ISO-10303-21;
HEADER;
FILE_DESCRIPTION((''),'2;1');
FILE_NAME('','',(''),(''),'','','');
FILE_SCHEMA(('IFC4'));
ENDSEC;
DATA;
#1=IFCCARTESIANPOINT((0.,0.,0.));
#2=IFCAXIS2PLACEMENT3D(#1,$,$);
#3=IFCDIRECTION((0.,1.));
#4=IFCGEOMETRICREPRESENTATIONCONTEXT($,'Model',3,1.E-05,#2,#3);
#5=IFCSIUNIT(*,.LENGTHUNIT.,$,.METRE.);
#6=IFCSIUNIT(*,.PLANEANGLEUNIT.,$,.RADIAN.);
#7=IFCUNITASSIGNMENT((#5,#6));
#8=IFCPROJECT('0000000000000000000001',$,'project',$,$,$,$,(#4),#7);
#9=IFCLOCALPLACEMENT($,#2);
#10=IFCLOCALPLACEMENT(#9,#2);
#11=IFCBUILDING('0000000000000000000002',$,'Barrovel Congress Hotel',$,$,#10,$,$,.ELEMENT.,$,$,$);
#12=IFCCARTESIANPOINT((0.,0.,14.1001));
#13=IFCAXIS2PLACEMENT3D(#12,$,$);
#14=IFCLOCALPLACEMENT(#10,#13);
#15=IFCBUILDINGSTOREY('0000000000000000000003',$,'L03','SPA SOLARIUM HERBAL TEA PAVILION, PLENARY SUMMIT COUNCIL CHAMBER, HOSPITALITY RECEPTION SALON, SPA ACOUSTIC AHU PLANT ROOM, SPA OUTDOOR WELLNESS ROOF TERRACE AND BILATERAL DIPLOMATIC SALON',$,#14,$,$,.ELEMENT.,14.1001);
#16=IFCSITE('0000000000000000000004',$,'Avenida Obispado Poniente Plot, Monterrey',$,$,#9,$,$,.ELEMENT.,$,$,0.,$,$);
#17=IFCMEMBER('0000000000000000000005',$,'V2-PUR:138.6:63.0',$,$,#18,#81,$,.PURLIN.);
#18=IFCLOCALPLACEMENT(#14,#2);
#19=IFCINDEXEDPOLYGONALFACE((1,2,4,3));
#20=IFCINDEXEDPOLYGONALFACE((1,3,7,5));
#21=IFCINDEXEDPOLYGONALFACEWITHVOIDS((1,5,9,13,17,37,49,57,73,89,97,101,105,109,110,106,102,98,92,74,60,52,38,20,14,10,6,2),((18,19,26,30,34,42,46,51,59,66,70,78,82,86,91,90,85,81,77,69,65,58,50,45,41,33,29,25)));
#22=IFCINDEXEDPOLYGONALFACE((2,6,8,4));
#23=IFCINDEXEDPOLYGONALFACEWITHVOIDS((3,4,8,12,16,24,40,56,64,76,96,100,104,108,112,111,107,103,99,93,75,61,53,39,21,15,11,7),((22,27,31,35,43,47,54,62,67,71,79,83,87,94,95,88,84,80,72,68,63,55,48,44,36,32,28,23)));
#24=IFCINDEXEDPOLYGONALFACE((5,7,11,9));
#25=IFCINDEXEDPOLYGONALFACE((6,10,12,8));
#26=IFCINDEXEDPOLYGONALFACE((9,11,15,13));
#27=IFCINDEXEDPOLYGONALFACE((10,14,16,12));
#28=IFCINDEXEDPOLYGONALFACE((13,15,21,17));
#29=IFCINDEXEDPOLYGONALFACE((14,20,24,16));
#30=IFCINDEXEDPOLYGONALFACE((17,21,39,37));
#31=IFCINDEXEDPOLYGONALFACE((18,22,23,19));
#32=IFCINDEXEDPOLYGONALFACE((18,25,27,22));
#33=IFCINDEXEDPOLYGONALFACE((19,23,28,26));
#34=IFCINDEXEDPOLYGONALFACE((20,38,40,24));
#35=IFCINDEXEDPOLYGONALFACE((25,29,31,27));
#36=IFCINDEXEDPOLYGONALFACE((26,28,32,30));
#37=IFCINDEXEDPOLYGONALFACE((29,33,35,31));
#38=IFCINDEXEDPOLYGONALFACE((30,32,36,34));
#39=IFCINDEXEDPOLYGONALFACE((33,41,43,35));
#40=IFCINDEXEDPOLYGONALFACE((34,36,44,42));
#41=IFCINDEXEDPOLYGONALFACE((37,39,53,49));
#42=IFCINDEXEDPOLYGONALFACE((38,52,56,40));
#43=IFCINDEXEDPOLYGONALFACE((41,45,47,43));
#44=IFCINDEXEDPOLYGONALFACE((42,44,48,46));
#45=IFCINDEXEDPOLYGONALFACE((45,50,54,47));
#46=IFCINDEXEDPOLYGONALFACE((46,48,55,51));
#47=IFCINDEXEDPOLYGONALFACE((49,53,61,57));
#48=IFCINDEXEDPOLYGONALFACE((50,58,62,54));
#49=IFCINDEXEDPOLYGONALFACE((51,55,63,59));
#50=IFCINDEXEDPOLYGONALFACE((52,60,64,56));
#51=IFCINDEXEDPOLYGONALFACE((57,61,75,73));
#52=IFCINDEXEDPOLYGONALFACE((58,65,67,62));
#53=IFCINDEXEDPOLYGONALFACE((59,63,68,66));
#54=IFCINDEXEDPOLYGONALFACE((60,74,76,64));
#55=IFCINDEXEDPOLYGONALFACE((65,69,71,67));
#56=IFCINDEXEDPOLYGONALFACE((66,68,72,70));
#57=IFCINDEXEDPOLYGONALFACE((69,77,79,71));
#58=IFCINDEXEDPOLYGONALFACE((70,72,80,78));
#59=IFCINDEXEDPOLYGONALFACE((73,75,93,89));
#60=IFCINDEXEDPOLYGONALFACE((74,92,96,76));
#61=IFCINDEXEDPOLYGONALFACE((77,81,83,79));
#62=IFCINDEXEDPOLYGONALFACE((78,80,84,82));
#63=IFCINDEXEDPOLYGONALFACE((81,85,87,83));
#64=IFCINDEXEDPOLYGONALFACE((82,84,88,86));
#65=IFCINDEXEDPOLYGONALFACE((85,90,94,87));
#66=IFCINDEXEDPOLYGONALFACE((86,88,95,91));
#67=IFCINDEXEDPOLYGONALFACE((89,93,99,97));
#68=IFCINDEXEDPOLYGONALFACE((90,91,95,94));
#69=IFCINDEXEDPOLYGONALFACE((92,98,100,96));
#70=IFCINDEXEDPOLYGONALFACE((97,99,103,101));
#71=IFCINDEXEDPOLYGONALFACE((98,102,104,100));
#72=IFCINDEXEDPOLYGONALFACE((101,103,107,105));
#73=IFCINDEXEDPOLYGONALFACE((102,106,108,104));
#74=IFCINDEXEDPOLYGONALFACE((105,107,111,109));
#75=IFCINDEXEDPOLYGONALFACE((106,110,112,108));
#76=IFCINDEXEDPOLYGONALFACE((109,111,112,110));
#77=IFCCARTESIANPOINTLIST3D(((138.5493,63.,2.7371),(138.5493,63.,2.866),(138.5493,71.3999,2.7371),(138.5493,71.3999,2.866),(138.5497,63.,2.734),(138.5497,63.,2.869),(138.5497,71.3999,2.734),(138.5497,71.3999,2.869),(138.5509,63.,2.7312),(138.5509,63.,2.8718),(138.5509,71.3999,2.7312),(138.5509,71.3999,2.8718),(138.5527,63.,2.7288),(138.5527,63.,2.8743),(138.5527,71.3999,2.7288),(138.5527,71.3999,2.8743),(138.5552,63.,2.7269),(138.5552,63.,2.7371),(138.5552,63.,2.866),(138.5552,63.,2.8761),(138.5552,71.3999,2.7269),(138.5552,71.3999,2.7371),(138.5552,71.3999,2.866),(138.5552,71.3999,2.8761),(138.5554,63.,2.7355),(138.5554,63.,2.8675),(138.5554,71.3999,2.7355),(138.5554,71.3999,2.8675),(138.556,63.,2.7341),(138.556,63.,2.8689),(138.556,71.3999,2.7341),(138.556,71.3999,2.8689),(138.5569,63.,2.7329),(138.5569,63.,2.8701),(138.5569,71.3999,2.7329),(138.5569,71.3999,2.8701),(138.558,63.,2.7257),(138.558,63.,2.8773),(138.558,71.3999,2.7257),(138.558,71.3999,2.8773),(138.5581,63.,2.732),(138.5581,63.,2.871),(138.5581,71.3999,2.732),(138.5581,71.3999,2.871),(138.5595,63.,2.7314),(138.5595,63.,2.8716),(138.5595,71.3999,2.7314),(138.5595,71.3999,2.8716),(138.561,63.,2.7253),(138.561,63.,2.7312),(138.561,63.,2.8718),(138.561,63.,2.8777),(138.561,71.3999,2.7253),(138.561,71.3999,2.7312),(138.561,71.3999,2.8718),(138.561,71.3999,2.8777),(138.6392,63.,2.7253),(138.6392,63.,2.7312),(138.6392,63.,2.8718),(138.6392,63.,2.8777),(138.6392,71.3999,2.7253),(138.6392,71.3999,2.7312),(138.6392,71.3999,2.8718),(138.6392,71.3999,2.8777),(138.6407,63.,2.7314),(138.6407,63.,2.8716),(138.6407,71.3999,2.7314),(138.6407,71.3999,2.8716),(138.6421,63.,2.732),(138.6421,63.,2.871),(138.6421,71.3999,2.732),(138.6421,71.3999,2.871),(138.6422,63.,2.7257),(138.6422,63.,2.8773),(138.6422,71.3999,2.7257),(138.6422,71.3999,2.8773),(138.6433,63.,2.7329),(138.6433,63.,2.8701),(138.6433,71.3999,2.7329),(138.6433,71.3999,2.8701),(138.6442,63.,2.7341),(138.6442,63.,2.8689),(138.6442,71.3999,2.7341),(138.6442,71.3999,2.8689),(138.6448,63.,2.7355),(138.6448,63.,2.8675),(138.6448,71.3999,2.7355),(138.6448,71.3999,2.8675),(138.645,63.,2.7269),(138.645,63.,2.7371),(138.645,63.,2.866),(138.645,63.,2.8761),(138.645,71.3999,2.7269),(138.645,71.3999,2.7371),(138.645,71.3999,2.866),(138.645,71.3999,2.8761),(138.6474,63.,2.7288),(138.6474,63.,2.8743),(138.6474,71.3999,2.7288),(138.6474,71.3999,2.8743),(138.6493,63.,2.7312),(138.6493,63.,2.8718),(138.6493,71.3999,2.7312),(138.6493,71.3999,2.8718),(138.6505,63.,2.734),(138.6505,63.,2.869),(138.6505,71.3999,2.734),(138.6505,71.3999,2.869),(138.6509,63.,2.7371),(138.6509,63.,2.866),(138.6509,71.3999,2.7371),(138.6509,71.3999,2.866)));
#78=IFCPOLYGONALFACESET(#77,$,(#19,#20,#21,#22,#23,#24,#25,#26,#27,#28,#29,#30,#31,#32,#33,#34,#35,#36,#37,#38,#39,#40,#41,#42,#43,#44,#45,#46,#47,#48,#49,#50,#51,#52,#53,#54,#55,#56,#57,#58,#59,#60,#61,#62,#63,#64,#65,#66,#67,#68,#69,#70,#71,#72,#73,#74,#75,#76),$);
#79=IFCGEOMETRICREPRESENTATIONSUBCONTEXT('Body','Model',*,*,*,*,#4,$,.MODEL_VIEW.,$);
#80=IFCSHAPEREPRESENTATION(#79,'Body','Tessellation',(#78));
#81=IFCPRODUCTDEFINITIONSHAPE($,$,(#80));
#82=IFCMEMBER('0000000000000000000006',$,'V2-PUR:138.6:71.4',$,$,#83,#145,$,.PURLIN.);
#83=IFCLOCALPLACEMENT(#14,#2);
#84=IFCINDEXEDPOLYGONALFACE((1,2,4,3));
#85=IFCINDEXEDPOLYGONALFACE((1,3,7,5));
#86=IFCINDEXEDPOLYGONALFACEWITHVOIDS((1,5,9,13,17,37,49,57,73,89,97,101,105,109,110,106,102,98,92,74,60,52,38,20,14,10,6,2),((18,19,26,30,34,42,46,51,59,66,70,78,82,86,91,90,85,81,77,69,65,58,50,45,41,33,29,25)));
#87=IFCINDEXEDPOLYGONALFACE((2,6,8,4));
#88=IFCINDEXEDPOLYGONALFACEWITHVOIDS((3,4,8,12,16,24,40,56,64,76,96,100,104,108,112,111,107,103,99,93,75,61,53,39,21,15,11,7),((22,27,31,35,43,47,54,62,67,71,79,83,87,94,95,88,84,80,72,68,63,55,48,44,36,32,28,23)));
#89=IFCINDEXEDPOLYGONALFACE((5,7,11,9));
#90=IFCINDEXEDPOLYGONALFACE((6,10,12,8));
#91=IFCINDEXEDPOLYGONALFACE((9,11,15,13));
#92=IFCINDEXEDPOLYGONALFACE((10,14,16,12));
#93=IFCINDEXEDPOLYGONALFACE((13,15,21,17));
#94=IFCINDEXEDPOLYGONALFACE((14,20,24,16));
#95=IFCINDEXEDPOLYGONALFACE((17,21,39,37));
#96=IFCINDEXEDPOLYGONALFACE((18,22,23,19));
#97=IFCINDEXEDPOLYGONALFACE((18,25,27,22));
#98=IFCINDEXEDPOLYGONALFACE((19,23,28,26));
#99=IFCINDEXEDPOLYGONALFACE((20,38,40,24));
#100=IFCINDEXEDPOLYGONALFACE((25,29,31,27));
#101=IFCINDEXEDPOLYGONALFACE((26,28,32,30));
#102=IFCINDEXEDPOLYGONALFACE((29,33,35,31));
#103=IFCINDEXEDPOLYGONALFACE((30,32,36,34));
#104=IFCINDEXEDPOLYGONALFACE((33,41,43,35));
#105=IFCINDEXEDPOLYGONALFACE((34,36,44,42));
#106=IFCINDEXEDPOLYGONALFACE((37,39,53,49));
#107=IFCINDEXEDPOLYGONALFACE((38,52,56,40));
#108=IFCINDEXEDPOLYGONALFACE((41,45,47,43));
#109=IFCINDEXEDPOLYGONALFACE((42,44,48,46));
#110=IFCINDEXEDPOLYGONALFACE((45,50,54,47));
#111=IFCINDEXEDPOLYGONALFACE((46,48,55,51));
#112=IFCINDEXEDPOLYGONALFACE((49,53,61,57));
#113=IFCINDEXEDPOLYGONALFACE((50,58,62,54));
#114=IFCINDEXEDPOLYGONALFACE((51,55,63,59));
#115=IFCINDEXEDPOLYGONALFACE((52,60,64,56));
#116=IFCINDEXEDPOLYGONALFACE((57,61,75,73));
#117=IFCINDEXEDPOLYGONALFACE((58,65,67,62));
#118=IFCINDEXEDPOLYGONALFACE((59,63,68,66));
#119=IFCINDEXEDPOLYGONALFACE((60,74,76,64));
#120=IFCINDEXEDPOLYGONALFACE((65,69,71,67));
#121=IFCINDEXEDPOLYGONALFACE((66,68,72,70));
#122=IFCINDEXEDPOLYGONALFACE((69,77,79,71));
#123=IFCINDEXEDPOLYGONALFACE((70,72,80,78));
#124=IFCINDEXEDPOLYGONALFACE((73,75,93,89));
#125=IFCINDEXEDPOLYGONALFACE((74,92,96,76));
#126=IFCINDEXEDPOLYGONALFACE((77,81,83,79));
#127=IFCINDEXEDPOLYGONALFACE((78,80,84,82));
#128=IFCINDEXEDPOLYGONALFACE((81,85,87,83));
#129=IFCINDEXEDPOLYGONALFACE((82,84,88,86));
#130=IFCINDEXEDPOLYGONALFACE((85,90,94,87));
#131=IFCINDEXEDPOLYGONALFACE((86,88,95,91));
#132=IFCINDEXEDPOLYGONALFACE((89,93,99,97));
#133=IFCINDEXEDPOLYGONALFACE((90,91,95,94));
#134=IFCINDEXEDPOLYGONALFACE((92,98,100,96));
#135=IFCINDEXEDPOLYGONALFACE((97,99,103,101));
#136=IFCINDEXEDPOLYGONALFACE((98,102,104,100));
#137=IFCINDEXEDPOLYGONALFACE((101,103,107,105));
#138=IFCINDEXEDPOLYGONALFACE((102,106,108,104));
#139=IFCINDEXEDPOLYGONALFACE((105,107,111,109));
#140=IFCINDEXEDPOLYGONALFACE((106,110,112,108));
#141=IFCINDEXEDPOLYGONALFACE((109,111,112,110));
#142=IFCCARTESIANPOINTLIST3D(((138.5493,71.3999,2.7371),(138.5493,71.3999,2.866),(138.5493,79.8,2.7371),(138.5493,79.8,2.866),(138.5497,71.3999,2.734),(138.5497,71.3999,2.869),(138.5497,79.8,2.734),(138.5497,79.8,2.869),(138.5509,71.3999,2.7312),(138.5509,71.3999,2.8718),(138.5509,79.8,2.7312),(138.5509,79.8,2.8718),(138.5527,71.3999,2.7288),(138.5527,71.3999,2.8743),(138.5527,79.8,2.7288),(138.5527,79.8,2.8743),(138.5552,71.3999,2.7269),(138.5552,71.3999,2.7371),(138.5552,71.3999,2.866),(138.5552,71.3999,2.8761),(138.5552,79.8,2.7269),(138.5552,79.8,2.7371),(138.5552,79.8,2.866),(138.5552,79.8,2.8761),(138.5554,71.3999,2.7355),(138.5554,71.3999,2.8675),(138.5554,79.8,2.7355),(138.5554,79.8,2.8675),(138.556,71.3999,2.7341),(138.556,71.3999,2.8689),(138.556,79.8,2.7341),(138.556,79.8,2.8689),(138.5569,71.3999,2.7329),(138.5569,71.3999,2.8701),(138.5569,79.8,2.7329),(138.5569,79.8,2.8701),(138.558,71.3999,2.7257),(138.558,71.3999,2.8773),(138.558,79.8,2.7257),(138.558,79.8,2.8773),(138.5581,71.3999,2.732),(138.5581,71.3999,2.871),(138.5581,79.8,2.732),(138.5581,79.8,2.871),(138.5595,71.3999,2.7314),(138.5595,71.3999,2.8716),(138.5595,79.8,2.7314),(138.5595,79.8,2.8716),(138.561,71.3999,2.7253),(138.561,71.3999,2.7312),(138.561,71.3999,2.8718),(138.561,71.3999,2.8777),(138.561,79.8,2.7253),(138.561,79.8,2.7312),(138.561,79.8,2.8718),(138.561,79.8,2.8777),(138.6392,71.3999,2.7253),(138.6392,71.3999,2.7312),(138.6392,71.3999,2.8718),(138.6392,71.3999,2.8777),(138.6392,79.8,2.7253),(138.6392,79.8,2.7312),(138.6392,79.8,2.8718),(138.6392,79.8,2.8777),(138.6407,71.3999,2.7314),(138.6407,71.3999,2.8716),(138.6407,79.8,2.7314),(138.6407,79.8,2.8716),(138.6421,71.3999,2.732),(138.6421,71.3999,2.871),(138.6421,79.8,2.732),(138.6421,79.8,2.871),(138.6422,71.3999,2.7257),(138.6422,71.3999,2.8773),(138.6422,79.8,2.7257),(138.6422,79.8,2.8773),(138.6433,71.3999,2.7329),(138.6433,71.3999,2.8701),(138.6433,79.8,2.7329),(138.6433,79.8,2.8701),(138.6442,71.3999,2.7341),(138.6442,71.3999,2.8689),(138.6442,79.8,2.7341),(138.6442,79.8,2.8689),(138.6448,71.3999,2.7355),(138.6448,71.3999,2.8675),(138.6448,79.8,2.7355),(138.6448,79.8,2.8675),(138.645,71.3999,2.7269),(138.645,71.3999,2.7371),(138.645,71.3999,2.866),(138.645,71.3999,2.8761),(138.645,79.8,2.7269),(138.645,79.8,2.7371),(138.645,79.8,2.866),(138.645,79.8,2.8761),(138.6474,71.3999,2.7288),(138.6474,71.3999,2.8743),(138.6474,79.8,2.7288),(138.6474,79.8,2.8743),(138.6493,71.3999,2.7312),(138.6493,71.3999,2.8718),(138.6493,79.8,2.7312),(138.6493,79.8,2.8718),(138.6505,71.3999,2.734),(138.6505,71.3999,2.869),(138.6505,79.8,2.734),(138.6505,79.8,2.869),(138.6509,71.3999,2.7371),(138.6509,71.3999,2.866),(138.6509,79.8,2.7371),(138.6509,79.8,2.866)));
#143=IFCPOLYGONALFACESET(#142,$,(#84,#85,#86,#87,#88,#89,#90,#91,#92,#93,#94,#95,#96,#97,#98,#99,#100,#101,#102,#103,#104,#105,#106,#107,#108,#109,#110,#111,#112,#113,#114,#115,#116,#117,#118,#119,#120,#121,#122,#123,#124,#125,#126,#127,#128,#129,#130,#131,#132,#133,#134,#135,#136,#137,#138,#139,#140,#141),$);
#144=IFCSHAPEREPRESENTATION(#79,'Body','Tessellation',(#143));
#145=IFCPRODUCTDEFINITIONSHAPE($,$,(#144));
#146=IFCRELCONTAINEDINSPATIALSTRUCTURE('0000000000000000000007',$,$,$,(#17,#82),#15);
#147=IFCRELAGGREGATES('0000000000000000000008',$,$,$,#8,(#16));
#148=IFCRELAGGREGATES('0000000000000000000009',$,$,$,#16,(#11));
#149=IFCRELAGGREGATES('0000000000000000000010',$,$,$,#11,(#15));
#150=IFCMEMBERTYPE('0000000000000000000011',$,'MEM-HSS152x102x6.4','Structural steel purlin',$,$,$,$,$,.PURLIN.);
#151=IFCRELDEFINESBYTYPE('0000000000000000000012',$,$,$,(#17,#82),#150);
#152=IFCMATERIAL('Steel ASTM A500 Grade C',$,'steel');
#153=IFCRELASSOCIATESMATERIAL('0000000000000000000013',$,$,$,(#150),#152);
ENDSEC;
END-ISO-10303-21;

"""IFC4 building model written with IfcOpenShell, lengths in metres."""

from ifc_helpers import new_model, si_unit, direction, frame, origin, origin_2d, place, context, subcontext, project, spatial, hollow_rectangle, extrude, material, material_profile, profile_set, type_object, element, save


model = new_model("IFC4")

# Units and contexts
model_context = context("Model", 3, precision=1e-05, world=origin(), true_north=direction((0.0, 1.0)))
body_context = subcontext(model_context, "Body", "Model", "MODEL_VIEW")
ifc_project = project(units=[si_unit("LENGTHUNIT", "METRE"), si_unit("PLANEANGLEUNIT", "RADIAN")], contexts=[model_context])

# Site, building, storey
site_placement = place(None, origin())
site = spatial("IfcSite", under=ifc_project, at=site_placement, Name="Avenida Obispado Poniente Plot, Monterrey", CompositionType="ELEMENT", RefElevation=0.0)
building_placement = place(site_placement, origin())
building = spatial("IfcBuilding", under=site, at=building_placement, Name="Barrovel Congress Hotel", CompositionType="ELEMENT")
storey_placement = place(building_placement, frame((0.0, 0.0, 14.1001)))
storey = spatial("IfcBuildingStorey", under=building, at=storey_placement, Name="L03", Description="SPA SOLARIUM HERBAL TEA PAVILION, PLENARY SUMMIT COUNCIL CHAMBER, HOSPITALITY RECEPTION SALON, SPA ACOUSTIC AHU PLANT ROOM, SPA OUTDOOR WELLNESS ROOF TERRACE AND BILATERAL DIPLOMATIC SALON", CompositionType="ELEMENT", Elevation=14.1001)

# Members
ifc_material_1 = material(Name="Steel ASTM A500 Grade C", Category="steel")
ifc_material_profile_1 = material_profile(ifc_material_1, hollow_rectangle(XDim=0.1016, YDim=0.1523, WallThickness=0.0059, InnerFilletRadius=0.0059, OuterFilletRadius=0.0117, at=origin_2d()), Name="HSS152x102x6.4")
ifc_profile_set_1 = profile_set([ifc_material_profile_1], Name="Steel ASTM A500 Grade C")
member_type_1 = type_object("IfcMemberType", Name="MEM-HSS152x102x6.4", Description="Structural steel purlin", PredefinedType="PURLIN", material=ifc_profile_set_1)
member_1_placement = place(storey_placement, frame((138.6001, 63.0, 2.8015), z_axis=(0.0, 1.0, 0.0), x_axis=(-1.0, 0.0, 0.0)))
element("IfcMember", 1, at=member_1_placement, inside=storey, type_object=member_type_1, Name="V2-PUR:138.6:63.0", PredefinedType="PURLIN", context=body_context, shape_type="SweptSolid", body=[
    extrude(hollow_rectangle(XDim=0.1016, YDim=0.1523, WallThickness=0.0059, InnerFilletRadius=0.0059, OuterFilletRadius=0.0117, at=origin_2d()), origin(), (0.0, 0.0, 1.0), 8.3999),
])
member_2_placement = place(storey_placement, frame((138.6001, 71.3999, 2.8015), z_axis=(0.0, 1.0, 0.0), x_axis=(-1.0, 0.0, 0.0)))
element("IfcMember", 2, at=member_2_placement, inside=storey, type_object=member_type_1, Name="V2-PUR:138.6:71.4", PredefinedType="PURLIN", context=body_context, shape_type="SweptSolid", body=[
    extrude(hollow_rectangle(XDim=0.1016, YDim=0.1523, WallThickness=0.0059, InnerFilletRadius=0.0059, OuterFilletRadius=0.0117, at=origin_2d()), origin(), (0.0, 0.0, 1.0), 8.4001),
])

save(model, "model.ifc")
